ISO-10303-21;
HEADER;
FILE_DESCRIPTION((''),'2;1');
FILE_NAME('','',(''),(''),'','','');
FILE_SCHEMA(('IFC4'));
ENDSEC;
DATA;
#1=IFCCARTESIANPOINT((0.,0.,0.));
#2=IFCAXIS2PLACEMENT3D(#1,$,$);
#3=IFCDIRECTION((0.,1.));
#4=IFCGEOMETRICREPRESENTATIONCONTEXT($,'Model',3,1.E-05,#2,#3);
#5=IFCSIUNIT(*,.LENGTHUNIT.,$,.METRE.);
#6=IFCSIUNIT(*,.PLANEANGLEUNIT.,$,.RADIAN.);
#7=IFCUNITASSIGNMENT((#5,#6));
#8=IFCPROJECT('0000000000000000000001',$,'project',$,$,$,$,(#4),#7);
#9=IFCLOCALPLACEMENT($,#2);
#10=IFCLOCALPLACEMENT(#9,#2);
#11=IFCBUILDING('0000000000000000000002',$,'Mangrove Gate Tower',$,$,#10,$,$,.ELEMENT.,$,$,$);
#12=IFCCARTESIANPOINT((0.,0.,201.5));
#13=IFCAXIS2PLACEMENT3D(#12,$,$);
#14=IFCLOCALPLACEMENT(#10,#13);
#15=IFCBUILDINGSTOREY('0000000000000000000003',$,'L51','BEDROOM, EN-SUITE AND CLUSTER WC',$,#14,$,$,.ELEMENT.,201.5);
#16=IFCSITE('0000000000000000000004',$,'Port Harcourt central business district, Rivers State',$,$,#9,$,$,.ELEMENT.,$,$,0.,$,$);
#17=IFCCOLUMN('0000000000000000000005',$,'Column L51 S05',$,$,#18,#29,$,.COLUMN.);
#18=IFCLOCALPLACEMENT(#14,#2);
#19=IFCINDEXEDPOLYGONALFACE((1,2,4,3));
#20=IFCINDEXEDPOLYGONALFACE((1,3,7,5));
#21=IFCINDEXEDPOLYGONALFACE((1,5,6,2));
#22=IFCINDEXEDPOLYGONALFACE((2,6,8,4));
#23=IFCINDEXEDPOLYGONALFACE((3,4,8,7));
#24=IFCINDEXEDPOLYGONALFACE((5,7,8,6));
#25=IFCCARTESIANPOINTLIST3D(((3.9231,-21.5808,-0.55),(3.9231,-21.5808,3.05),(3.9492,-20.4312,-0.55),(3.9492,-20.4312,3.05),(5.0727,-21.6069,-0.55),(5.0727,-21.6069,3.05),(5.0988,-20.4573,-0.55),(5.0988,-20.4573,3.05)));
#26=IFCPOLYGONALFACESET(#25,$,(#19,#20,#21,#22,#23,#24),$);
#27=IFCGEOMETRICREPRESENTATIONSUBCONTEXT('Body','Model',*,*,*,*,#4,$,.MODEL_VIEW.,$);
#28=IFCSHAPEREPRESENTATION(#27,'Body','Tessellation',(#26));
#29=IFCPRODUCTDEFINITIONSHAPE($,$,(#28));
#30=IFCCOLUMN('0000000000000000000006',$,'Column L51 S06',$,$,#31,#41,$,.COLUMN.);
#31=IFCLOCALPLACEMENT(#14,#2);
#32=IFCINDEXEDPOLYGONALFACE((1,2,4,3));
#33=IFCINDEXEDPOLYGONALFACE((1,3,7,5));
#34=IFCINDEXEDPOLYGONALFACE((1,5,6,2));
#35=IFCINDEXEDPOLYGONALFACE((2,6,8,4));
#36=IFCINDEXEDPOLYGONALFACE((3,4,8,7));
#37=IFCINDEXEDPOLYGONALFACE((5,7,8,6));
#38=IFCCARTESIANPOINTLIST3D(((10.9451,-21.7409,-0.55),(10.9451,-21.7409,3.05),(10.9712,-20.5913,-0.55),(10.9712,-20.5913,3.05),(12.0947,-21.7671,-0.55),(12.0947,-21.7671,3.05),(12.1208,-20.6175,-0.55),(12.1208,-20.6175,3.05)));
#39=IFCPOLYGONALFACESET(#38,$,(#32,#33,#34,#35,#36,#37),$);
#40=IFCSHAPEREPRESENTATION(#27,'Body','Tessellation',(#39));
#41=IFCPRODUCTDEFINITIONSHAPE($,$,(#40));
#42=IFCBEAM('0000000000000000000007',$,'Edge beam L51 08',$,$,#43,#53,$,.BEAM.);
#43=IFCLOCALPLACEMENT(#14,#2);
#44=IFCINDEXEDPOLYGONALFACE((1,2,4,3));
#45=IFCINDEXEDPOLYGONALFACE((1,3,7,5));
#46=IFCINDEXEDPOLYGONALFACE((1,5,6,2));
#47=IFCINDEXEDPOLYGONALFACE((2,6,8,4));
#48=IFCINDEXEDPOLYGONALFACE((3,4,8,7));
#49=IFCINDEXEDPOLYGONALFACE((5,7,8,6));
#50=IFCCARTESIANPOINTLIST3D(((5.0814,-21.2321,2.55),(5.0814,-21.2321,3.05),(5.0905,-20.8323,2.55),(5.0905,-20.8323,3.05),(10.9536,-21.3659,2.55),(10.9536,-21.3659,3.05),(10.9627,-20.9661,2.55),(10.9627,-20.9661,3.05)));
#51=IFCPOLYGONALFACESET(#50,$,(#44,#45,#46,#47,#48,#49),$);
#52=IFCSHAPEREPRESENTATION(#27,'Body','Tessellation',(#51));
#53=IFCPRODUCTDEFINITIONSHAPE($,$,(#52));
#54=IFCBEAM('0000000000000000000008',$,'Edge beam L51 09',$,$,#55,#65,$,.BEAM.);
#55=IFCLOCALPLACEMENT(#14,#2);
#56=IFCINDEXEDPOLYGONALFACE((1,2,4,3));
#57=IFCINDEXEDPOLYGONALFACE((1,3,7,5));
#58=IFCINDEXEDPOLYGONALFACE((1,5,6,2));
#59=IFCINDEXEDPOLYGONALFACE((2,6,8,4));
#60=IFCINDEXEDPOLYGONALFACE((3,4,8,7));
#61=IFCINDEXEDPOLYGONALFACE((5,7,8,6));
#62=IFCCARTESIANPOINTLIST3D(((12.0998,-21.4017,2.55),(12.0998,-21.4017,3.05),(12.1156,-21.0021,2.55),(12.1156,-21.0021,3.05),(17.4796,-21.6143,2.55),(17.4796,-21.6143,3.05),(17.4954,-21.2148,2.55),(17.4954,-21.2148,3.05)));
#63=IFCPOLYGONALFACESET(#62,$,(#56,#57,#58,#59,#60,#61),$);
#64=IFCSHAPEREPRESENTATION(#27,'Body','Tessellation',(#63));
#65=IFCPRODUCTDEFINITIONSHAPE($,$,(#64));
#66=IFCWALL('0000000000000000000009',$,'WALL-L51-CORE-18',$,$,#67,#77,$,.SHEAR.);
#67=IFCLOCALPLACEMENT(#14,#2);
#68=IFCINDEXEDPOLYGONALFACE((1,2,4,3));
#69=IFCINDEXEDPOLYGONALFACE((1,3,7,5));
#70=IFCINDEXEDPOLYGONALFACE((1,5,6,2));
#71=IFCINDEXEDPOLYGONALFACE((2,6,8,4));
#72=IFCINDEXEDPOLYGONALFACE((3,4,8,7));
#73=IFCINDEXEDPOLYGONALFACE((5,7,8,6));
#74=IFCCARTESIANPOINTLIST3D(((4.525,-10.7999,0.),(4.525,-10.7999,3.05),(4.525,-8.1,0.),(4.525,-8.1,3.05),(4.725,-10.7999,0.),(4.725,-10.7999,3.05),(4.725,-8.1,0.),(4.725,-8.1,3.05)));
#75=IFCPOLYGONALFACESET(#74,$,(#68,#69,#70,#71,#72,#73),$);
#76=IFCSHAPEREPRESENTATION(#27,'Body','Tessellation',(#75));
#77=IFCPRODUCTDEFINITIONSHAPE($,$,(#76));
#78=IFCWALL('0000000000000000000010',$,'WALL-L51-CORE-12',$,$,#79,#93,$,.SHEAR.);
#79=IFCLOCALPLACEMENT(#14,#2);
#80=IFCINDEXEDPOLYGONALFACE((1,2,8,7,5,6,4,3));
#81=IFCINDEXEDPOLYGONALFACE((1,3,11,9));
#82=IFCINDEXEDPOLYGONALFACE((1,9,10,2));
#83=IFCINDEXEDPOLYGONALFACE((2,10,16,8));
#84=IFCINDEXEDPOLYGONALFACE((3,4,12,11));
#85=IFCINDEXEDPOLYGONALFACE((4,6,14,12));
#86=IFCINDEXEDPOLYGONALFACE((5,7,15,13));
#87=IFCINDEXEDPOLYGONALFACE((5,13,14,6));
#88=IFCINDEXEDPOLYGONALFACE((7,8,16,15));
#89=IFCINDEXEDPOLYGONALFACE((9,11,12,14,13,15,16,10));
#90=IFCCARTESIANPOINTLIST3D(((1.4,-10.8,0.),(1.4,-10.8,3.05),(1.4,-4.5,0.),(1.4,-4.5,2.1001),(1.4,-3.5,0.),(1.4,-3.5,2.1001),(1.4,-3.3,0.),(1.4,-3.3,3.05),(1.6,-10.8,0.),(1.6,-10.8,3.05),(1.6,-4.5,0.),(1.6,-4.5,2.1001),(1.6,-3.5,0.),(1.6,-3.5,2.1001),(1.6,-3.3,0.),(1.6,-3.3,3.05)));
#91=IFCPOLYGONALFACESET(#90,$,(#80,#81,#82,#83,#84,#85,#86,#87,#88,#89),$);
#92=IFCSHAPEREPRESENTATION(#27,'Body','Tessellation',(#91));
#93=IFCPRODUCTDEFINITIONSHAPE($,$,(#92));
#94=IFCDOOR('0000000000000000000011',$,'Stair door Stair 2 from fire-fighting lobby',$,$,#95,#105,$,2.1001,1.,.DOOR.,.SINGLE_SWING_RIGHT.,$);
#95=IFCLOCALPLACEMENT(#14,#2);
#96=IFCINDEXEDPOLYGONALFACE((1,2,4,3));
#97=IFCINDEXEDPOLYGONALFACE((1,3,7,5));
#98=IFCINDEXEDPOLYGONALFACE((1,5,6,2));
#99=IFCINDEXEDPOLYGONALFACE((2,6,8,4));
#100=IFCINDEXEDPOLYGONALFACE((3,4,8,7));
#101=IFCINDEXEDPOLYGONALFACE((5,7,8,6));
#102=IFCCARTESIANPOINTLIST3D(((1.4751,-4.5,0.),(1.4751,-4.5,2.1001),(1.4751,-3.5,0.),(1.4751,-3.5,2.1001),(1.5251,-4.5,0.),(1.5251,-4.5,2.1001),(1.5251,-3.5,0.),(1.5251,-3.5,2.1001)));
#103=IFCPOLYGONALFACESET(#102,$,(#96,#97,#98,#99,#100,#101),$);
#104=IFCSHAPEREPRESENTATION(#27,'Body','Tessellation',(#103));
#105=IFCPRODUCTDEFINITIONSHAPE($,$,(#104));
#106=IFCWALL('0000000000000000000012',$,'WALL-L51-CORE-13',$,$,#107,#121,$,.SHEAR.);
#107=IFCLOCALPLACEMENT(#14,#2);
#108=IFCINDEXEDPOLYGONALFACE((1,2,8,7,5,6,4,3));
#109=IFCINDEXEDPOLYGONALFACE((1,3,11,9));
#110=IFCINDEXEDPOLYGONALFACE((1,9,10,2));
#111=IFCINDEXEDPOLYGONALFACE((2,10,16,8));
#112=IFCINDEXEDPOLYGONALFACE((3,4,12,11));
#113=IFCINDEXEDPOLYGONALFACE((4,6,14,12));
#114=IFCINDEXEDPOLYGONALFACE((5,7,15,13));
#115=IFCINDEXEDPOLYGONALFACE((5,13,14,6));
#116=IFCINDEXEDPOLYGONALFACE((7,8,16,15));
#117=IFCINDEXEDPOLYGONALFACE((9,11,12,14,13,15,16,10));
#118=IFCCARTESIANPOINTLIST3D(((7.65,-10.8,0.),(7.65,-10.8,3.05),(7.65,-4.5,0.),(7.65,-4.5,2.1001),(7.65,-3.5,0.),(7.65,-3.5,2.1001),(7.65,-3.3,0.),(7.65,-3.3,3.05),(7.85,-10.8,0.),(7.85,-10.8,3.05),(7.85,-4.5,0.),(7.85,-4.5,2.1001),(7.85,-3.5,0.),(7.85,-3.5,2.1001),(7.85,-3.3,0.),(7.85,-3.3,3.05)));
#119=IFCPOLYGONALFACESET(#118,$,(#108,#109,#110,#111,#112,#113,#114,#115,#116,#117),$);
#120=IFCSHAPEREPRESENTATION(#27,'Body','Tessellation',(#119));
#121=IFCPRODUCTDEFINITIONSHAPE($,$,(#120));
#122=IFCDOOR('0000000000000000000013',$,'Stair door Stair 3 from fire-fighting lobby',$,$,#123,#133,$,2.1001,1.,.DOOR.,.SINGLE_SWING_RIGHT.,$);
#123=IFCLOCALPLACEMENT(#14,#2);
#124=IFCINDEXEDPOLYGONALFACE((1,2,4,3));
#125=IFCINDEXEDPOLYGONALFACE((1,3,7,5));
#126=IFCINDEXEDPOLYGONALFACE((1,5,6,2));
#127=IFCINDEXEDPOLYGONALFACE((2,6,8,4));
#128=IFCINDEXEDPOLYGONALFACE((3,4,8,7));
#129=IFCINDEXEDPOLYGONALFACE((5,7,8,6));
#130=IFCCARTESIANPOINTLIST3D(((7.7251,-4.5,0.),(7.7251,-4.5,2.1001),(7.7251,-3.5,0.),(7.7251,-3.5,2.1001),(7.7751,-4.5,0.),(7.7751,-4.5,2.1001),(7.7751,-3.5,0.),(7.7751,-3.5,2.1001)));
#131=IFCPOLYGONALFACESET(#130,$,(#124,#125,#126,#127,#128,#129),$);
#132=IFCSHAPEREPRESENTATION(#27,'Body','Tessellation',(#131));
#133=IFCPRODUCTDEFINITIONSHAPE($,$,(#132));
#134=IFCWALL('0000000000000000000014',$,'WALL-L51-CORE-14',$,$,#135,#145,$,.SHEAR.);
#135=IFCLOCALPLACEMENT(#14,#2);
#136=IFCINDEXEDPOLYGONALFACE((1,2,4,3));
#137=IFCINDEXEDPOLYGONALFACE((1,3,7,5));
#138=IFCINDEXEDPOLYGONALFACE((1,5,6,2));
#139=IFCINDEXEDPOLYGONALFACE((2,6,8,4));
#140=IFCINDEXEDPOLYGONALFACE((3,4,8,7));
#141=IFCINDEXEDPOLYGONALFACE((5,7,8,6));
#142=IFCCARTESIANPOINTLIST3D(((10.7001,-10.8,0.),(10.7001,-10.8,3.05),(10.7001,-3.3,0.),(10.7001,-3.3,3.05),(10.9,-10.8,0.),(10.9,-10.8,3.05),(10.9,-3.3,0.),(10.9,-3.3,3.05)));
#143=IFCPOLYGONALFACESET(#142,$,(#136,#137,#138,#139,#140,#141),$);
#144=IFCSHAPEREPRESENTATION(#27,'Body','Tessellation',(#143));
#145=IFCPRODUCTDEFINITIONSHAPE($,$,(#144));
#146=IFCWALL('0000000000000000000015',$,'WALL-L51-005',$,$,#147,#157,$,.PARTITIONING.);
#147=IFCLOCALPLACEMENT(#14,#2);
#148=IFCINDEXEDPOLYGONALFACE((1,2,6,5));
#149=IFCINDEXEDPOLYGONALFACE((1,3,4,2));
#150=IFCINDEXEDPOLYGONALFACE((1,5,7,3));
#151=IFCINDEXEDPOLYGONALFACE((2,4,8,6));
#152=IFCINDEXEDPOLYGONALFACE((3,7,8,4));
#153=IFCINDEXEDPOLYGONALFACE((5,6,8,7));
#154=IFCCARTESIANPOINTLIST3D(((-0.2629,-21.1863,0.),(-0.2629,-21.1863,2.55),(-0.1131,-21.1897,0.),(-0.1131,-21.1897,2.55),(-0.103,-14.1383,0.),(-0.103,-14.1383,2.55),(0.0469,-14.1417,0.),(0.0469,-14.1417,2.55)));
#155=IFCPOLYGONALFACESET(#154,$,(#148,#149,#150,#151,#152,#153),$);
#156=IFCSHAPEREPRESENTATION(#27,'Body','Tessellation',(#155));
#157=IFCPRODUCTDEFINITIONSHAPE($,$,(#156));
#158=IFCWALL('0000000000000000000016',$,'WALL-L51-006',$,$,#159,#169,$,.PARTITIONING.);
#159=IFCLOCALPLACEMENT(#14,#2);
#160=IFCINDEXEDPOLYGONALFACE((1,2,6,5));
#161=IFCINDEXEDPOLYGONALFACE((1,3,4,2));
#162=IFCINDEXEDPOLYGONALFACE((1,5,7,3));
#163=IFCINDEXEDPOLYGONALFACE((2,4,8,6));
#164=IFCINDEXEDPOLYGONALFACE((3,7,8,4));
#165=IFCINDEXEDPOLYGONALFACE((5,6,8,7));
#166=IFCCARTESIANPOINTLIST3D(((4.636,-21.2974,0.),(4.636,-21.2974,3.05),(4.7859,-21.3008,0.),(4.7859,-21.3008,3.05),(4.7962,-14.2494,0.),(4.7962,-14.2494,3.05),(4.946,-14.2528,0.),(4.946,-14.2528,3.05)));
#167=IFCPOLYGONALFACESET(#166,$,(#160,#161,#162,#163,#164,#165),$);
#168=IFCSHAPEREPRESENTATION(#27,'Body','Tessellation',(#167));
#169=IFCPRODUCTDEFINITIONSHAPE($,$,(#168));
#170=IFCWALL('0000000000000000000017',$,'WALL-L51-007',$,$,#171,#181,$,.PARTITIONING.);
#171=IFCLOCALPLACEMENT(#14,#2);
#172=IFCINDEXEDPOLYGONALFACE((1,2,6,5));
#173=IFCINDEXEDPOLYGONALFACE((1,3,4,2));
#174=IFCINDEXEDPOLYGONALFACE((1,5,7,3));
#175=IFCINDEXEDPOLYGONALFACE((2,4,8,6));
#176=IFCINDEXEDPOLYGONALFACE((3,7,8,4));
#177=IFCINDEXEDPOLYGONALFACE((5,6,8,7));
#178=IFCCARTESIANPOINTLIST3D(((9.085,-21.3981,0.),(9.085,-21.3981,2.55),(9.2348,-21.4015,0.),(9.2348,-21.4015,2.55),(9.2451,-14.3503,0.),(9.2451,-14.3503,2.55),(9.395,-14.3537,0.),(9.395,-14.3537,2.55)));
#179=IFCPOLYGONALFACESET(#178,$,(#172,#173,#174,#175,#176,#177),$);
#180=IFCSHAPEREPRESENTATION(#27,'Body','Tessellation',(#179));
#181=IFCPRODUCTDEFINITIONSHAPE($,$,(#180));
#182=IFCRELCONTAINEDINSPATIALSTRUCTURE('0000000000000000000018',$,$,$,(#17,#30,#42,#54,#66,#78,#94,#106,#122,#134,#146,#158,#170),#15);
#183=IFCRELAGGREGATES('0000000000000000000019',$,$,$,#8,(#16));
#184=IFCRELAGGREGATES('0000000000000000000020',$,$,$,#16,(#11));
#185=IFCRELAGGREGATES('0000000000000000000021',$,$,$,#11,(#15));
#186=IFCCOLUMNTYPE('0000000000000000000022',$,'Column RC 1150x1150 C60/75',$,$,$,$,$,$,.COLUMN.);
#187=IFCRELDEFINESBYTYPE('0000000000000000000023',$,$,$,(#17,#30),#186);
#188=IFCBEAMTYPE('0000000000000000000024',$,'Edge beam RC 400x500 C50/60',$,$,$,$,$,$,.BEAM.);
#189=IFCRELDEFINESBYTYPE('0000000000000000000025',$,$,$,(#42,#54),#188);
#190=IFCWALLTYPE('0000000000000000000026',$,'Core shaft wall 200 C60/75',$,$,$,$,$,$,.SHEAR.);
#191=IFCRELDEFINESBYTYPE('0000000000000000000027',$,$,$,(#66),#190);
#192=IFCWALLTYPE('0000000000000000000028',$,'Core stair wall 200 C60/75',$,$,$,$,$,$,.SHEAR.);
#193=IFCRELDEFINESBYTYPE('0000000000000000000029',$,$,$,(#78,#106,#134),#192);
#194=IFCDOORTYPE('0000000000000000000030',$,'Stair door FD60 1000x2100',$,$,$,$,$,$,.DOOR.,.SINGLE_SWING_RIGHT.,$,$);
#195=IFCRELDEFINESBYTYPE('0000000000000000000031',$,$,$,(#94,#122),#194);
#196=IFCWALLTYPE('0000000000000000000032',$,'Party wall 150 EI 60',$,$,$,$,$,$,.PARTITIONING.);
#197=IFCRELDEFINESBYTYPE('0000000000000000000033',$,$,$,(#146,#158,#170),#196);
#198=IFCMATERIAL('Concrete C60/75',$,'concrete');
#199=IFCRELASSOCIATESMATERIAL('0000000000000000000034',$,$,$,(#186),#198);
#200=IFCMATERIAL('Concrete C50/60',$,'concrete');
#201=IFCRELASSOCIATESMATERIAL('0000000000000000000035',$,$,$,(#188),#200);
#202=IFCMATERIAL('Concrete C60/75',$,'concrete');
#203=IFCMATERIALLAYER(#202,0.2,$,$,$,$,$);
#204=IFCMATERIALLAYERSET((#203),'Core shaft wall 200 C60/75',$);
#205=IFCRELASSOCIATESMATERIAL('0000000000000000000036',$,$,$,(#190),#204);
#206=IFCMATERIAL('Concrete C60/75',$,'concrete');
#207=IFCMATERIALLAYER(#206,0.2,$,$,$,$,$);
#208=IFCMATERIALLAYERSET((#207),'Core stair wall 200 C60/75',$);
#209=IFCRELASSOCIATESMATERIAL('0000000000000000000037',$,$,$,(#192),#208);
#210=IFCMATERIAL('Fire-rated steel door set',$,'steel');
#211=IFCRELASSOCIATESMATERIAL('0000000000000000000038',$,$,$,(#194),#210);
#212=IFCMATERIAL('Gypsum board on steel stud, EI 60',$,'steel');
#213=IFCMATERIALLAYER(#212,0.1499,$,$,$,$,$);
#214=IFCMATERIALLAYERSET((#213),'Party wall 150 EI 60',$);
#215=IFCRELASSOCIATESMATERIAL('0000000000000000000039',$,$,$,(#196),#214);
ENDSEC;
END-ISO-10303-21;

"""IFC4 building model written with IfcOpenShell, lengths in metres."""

from ifc_helpers import new_model, si_unit, direction, frame, frame_2d, origin, origin_2d, place, context, subcontext, project, spatial, rectangle, extrude, material, layer, layer_set, material_profile, profile_set, type_object, element, fill, save


model = new_model("IFC4")

# Units and contexts
model_context = context("Model", 3, precision=1e-05, world=origin(), true_north=direction((0.0, 1.0)))
body_context = subcontext(model_context, "Body", "Model", "MODEL_VIEW")
ifc_project = project(units=[si_unit("LENGTHUNIT", "METRE"), si_unit("PLANEANGLEUNIT", "RADIAN")], contexts=[model_context])

# Site, building, storey
site_placement = place(None, origin())
site = spatial("IfcSite", under=ifc_project, at=site_placement, Name="Port Harcourt central business district, Rivers State", CompositionType="ELEMENT", RefElevation=0.0)
building_placement = place(site_placement, origin())
building = spatial("IfcBuilding", under=site, at=building_placement, Name="Mangrove Gate Tower", CompositionType="ELEMENT")
storey_placement = place(building_placement, frame((0.0, 0.0, 201.5)))
storey = spatial("IfcBuildingStorey", under=building, at=storey_placement, Name="L51", Description="BEDROOM, EN-SUITE AND CLUSTER WC", CompositionType="ELEMENT", Elevation=201.5)

# Columns
ifc_material_1 = material(Name="Concrete C60/75", Category="concrete")
ifc_material_profile_1 = material_profile(ifc_material_1, rectangle(XDim=1.1499, YDim=1.1499, at=origin_2d()))
ifc_profile_set_1 = profile_set([ifc_material_profile_1], Name="Concrete C60/75")
column_type = type_object("IfcColumnType", Name="Column RC 1150x1150 C60/75", PredefinedType="COLUMN", material=ifc_profile_set_1)
for number, where, z_axis, x_axis, name in (
    (1, (4.511, -21.019, -0.55), (0.0, 0.0, 1.0), (0.999742, -0.022708, 0.0), "Column L51 S05"),
    (2, (11.533, -21.1792, -0.55), (0.0, 0.0, 1.0), (0.999742, -0.022707, 0.0), "Column L51 S06"),
):
    element("IfcColumn", number, at=place(storey_placement, frame(where, z_axis=z_axis, x_axis=x_axis)), inside=storey, type_object=column_type, Name=name, PredefinedType="COLUMN", context=body_context, shape_type="SweptSolid", body=[
        extrude(rectangle(XDim=1.1499, YDim=1.1499, at=origin_2d()), origin(), (0.0, 0.0, 1.0), 3.6001),
    ])

# Beams
ifc_material_2 = material(Name="Concrete C50/60", Category="concrete")
ifc_material_profile_2 = material_profile(ifc_material_2, rectangle(XDim=0.3999, YDim=0.5, at=origin_2d()))
ifc_profile_set_2 = profile_set([ifc_material_profile_2], Name="Concrete C50/60")
beam_type = type_object("IfcBeamType", Name="Edge beam RC 400x500 C50/60", PredefinedType="BEAM", material=ifc_profile_set_2)
beam_1_placement = place(storey_placement, frame((5.0859, -21.0322, 2.8), z_axis=(0.999741, -0.022777, 0.0), x_axis=(0.022777, 0.999741, 0.0)))
element("IfcBeam", 3, at=beam_1_placement, inside=storey, type_object=beam_type, Name="Edge beam L51 08", PredefinedType="BEAM", context=body_context, shape_type="SweptSolid", body=[
    extrude(rectangle(XDim=0.3999, YDim=0.5, at=origin_2d()), origin(), (0.0, 0.0, 1.0), 5.8738),
])
beam_2_placement = place(storey_placement, frame((12.1077, -21.2019, 2.8), z_axis=(0.99922, -0.039495, 0.0), x_axis=(0.039495, 0.99922, 0.0)))
element("IfcBeam", 4, at=beam_2_placement, inside=storey, type_object=beam_type, Name="Edge beam L51 09", PredefinedType="BEAM", context=body_context, shape_type="SweptSolid", body=[
    extrude(rectangle(XDim=0.3999, YDim=0.5, at=origin_2d()), origin(), (0.0, 0.0, 1.0), 5.384),
])

# Wall
ifc_material_3 = material(Name="Concrete C60/75", Category="concrete")
ifc_layer_1 = layer(ifc_material_3, 0.2)
ifc_layer_set_1 = layer_set([ifc_layer_1], Name="Core shaft wall 200 C60/75")
wall_type_1 = type_object("IfcWallType", Name="Core shaft wall 200 C60/75", PredefinedType="SHEAR", material=ifc_layer_set_1)
wall_1_placement = place(storey_placement, frame((4.625, -10.8, 0.0), z_axis=(0.0, 0.0, 1.0), x_axis=(0.0, 1.0, 0.0)))
element("IfcWall", 5, at=wall_1_placement, inside=storey, type_object=wall_type_1, Name="WALL-L51-CORE-18", PredefinedType="SHEAR", context=body_context, shape_type="SweptSolid", body=[
    extrude(rectangle(XDim=2.7, YDim=0.2, at=frame_2d((1.3501, 0.0))), origin(), (0.0, 0.0, 1.0), 3.05),
])

# Walls, openings, doors
ifc_material_4 = material(Name="Concrete C60/75", Category="concrete")
ifc_layer_2 = layer(ifc_material_4, 0.2)
ifc_layer_set_2 = layer_set([ifc_layer_2], Name="Core stair wall 200 C60/75")
wall_type_2 = type_object("IfcWallType", Name="Core stair wall 200 C60/75", PredefinedType="SHEAR", material=ifc_layer_set_2)
wall_2_placement = place(storey_placement, frame((1.5, -10.8, 0.0), z_axis=(0.0, 0.0, 1.0), x_axis=(0.0, 1.0, 0.0)))
wall_2 = element("IfcWall", 6, at=wall_2_placement, inside=storey, type_object=wall_type_2, Name="WALL-L51-CORE-12", PredefinedType="SHEAR", context=body_context, shape_type="SweptSolid", body=[
    extrude(rectangle(XDim=7.5, YDim=0.2, at=frame_2d((3.75, 0.0))), origin(), (0.0, 0.0, 1.0), 3.05),
])
opening_1_placement = place(wall_2_placement, frame((6.3, 0.0, 0.0)))
opening_1 = element("IfcOpeningElement", 7, at=opening_1_placement, cuts=wall_2, PredefinedType="OPENING", context=body_context, shape_type="SweptSolid", body=[
    extrude(rectangle(XDim=1.0, YDim=2.1001, at=frame_2d((0.5, 1.05))), frame((0.0, 0.1099, 0.0), z_axis=(0.0, -1.0, 0.0), x_axis=(1.0, 0.0, 0.0)), (0.0, 0.0, 1.0), 0.22),
])
ifc_material_5 = material(Name="Fire-rated steel door set", Category="steel")
door_type_1 = type_object("IfcDoorType", Name="Stair door FD60 1000x2100", OperationType="SINGLE_SWING_RIGHT", PredefinedType="DOOR", material=ifc_material_5)
door_1_placement = place(opening_1_placement, origin())
door_1 = element("IfcDoor", 8, at=door_1_placement, inside=storey, type_object=door_type_1, Name="Stair door Stair 2 from fire-fighting lobby", OperationType="SINGLE_SWING_RIGHT", OverallHeight=2.1001, OverallWidth=1.0, PredefinedType="DOOR", context=body_context, shape_type="SweptSolid", body=[
    extrude(rectangle(XDim=1.0, YDim=2.1001, at=frame_2d((0.5, 1.05))), frame((0.0, 0.0249, 0.0), z_axis=(0.0, -1.0, 0.0), x_axis=(1.0, 0.0, 0.0)), (0.0, 0.0, 1.0), 0.05),
])
fill(opening_1, door_1)
wall_3_placement = place(storey_placement, frame((7.75, -10.8, 0.0), z_axis=(0.0, 0.0, 1.0), x_axis=(0.0, 1.0, 0.0)))
wall_3 = element("IfcWall", 9, at=wall_3_placement, inside=storey, type_object=wall_type_2, Name="WALL-L51-CORE-13", PredefinedType="SHEAR", context=body_context, shape_type="SweptSolid", body=[
    extrude(rectangle(XDim=7.5, YDim=0.2, at=frame_2d((3.75, 0.0))), origin(), (0.0, 0.0, 1.0), 3.05),
])
opening_2_placement = place(wall_3_placement, frame((6.3, 0.0, 0.0)))
opening_2 = element("IfcOpeningElement", 10, at=opening_2_placement, cuts=wall_3, PredefinedType="OPENING", context=body_context, shape_type="SweptSolid", body=[
    extrude(rectangle(XDim=1.0, YDim=2.1001, at=frame_2d((0.5, 1.05))), frame((0.0, 0.1099, 0.0), z_axis=(0.0, -1.0, 0.0), x_axis=(1.0, 0.0, 0.0)), (0.0, 0.0, 1.0), 0.22),
])
door_2_placement = place(opening_2_placement, origin())
door_2 = element("IfcDoor", 11, at=door_2_placement, inside=storey, type_object=door_type_1, Name="Stair door Stair 3 from fire-fighting lobby", OperationType="SINGLE_SWING_RIGHT", OverallHeight=2.1001, OverallWidth=1.0, PredefinedType="DOOR", context=body_context, shape_type="SweptSolid", body=[
    extrude(rectangle(XDim=1.0, YDim=2.1001, at=frame_2d((0.5, 1.05))), frame((0.0, 0.0249, 0.0), z_axis=(0.0, -1.0, 0.0), x_axis=(1.0, 0.0, 0.0)), (0.0, 0.0, 1.0), 0.05),
])
fill(opening_2, door_2)

# Walls
wall_4_placement = place(storey_placement, frame((10.8, -10.8, 0.0), z_axis=(0.0, 0.0, 1.0), x_axis=(0.0, 1.0, 0.0)))
element("IfcWall", 12, at=wall_4_placement, inside=storey, type_object=wall_type_2, Name="WALL-L51-CORE-14", PredefinedType="SHEAR", context=body_context, shape_type="SweptSolid", body=[
    extrude(rectangle(XDim=7.5, YDim=0.2, at=frame_2d((3.75, 0.0))), origin(), (0.0, 0.0, 1.0), 3.05),
])
ifc_material_6 = material(Name="Gypsum board on steel stud, EI 60", Category="steel")
ifc_layer_3 = layer(ifc_material_6, 0.1499)
ifc_layer_set_3 = layer_set([ifc_layer_3], Name="Party wall 150 EI 60")
wall_type_3 = type_object("IfcWallType", Name="Party wall 150 EI 60", PredefinedType="PARTITIONING", material=ifc_layer_set_3)
wall_5_placement = place(storey_placement, frame((-0.188, -21.188, 0.0), z_axis=(0.0, 0.0, 1.0), x_axis=(0.022683, 0.999743, 0.0)))
element("IfcWall", 13, at=wall_5_placement, inside=storey, type_object=wall_type_3, Name="WALL-L51-005", PredefinedType="PARTITIONING", context=body_context, shape_type="SweptSolid", body=[
    extrude(rectangle(XDim=7.0498, YDim=0.1499, at=frame_2d((3.5249, 0.0))), origin(), (0.0, 0.0, 1.0), 2.55),
])
wall_6_placement = place(storey_placement, frame((4.7109, -21.2991, 0.0), z_axis=(0.0, 0.0, 1.0), x_axis=(0.022717, 0.999742, 0.0)))
element("IfcWall", 14, at=wall_6_placement, inside=storey, type_object=wall_type_3, Name="WALL-L51-006", PredefinedType="PARTITIONING", context=body_context, shape_type="SweptSolid", body=[
    extrude(rectangle(XDim=7.0498, YDim=0.1499, at=frame_2d((3.5249, 0.0))), origin(), (0.0, 0.0, 1.0), 3.05),
])
wall_7_placement = place(storey_placement, frame((9.1599, -21.3999, 0.0), z_axis=(0.0, 0.0, 1.0), x_axis=(0.022718, 0.999742, 0.0)))
element("IfcWall", 15, at=wall_7_placement, inside=storey, type_object=wall_type_3, Name="WALL-L51-007", PredefinedType="PARTITIONING", context=body_context, shape_type="SweptSolid", body=[
    extrude(rectangle(XDim=7.0496, YDim=0.1499, at=frame_2d((3.5249, 0.0))), origin(), (0.0, 0.0, 1.0), 2.55),
])

save(model, "model.ifc")
